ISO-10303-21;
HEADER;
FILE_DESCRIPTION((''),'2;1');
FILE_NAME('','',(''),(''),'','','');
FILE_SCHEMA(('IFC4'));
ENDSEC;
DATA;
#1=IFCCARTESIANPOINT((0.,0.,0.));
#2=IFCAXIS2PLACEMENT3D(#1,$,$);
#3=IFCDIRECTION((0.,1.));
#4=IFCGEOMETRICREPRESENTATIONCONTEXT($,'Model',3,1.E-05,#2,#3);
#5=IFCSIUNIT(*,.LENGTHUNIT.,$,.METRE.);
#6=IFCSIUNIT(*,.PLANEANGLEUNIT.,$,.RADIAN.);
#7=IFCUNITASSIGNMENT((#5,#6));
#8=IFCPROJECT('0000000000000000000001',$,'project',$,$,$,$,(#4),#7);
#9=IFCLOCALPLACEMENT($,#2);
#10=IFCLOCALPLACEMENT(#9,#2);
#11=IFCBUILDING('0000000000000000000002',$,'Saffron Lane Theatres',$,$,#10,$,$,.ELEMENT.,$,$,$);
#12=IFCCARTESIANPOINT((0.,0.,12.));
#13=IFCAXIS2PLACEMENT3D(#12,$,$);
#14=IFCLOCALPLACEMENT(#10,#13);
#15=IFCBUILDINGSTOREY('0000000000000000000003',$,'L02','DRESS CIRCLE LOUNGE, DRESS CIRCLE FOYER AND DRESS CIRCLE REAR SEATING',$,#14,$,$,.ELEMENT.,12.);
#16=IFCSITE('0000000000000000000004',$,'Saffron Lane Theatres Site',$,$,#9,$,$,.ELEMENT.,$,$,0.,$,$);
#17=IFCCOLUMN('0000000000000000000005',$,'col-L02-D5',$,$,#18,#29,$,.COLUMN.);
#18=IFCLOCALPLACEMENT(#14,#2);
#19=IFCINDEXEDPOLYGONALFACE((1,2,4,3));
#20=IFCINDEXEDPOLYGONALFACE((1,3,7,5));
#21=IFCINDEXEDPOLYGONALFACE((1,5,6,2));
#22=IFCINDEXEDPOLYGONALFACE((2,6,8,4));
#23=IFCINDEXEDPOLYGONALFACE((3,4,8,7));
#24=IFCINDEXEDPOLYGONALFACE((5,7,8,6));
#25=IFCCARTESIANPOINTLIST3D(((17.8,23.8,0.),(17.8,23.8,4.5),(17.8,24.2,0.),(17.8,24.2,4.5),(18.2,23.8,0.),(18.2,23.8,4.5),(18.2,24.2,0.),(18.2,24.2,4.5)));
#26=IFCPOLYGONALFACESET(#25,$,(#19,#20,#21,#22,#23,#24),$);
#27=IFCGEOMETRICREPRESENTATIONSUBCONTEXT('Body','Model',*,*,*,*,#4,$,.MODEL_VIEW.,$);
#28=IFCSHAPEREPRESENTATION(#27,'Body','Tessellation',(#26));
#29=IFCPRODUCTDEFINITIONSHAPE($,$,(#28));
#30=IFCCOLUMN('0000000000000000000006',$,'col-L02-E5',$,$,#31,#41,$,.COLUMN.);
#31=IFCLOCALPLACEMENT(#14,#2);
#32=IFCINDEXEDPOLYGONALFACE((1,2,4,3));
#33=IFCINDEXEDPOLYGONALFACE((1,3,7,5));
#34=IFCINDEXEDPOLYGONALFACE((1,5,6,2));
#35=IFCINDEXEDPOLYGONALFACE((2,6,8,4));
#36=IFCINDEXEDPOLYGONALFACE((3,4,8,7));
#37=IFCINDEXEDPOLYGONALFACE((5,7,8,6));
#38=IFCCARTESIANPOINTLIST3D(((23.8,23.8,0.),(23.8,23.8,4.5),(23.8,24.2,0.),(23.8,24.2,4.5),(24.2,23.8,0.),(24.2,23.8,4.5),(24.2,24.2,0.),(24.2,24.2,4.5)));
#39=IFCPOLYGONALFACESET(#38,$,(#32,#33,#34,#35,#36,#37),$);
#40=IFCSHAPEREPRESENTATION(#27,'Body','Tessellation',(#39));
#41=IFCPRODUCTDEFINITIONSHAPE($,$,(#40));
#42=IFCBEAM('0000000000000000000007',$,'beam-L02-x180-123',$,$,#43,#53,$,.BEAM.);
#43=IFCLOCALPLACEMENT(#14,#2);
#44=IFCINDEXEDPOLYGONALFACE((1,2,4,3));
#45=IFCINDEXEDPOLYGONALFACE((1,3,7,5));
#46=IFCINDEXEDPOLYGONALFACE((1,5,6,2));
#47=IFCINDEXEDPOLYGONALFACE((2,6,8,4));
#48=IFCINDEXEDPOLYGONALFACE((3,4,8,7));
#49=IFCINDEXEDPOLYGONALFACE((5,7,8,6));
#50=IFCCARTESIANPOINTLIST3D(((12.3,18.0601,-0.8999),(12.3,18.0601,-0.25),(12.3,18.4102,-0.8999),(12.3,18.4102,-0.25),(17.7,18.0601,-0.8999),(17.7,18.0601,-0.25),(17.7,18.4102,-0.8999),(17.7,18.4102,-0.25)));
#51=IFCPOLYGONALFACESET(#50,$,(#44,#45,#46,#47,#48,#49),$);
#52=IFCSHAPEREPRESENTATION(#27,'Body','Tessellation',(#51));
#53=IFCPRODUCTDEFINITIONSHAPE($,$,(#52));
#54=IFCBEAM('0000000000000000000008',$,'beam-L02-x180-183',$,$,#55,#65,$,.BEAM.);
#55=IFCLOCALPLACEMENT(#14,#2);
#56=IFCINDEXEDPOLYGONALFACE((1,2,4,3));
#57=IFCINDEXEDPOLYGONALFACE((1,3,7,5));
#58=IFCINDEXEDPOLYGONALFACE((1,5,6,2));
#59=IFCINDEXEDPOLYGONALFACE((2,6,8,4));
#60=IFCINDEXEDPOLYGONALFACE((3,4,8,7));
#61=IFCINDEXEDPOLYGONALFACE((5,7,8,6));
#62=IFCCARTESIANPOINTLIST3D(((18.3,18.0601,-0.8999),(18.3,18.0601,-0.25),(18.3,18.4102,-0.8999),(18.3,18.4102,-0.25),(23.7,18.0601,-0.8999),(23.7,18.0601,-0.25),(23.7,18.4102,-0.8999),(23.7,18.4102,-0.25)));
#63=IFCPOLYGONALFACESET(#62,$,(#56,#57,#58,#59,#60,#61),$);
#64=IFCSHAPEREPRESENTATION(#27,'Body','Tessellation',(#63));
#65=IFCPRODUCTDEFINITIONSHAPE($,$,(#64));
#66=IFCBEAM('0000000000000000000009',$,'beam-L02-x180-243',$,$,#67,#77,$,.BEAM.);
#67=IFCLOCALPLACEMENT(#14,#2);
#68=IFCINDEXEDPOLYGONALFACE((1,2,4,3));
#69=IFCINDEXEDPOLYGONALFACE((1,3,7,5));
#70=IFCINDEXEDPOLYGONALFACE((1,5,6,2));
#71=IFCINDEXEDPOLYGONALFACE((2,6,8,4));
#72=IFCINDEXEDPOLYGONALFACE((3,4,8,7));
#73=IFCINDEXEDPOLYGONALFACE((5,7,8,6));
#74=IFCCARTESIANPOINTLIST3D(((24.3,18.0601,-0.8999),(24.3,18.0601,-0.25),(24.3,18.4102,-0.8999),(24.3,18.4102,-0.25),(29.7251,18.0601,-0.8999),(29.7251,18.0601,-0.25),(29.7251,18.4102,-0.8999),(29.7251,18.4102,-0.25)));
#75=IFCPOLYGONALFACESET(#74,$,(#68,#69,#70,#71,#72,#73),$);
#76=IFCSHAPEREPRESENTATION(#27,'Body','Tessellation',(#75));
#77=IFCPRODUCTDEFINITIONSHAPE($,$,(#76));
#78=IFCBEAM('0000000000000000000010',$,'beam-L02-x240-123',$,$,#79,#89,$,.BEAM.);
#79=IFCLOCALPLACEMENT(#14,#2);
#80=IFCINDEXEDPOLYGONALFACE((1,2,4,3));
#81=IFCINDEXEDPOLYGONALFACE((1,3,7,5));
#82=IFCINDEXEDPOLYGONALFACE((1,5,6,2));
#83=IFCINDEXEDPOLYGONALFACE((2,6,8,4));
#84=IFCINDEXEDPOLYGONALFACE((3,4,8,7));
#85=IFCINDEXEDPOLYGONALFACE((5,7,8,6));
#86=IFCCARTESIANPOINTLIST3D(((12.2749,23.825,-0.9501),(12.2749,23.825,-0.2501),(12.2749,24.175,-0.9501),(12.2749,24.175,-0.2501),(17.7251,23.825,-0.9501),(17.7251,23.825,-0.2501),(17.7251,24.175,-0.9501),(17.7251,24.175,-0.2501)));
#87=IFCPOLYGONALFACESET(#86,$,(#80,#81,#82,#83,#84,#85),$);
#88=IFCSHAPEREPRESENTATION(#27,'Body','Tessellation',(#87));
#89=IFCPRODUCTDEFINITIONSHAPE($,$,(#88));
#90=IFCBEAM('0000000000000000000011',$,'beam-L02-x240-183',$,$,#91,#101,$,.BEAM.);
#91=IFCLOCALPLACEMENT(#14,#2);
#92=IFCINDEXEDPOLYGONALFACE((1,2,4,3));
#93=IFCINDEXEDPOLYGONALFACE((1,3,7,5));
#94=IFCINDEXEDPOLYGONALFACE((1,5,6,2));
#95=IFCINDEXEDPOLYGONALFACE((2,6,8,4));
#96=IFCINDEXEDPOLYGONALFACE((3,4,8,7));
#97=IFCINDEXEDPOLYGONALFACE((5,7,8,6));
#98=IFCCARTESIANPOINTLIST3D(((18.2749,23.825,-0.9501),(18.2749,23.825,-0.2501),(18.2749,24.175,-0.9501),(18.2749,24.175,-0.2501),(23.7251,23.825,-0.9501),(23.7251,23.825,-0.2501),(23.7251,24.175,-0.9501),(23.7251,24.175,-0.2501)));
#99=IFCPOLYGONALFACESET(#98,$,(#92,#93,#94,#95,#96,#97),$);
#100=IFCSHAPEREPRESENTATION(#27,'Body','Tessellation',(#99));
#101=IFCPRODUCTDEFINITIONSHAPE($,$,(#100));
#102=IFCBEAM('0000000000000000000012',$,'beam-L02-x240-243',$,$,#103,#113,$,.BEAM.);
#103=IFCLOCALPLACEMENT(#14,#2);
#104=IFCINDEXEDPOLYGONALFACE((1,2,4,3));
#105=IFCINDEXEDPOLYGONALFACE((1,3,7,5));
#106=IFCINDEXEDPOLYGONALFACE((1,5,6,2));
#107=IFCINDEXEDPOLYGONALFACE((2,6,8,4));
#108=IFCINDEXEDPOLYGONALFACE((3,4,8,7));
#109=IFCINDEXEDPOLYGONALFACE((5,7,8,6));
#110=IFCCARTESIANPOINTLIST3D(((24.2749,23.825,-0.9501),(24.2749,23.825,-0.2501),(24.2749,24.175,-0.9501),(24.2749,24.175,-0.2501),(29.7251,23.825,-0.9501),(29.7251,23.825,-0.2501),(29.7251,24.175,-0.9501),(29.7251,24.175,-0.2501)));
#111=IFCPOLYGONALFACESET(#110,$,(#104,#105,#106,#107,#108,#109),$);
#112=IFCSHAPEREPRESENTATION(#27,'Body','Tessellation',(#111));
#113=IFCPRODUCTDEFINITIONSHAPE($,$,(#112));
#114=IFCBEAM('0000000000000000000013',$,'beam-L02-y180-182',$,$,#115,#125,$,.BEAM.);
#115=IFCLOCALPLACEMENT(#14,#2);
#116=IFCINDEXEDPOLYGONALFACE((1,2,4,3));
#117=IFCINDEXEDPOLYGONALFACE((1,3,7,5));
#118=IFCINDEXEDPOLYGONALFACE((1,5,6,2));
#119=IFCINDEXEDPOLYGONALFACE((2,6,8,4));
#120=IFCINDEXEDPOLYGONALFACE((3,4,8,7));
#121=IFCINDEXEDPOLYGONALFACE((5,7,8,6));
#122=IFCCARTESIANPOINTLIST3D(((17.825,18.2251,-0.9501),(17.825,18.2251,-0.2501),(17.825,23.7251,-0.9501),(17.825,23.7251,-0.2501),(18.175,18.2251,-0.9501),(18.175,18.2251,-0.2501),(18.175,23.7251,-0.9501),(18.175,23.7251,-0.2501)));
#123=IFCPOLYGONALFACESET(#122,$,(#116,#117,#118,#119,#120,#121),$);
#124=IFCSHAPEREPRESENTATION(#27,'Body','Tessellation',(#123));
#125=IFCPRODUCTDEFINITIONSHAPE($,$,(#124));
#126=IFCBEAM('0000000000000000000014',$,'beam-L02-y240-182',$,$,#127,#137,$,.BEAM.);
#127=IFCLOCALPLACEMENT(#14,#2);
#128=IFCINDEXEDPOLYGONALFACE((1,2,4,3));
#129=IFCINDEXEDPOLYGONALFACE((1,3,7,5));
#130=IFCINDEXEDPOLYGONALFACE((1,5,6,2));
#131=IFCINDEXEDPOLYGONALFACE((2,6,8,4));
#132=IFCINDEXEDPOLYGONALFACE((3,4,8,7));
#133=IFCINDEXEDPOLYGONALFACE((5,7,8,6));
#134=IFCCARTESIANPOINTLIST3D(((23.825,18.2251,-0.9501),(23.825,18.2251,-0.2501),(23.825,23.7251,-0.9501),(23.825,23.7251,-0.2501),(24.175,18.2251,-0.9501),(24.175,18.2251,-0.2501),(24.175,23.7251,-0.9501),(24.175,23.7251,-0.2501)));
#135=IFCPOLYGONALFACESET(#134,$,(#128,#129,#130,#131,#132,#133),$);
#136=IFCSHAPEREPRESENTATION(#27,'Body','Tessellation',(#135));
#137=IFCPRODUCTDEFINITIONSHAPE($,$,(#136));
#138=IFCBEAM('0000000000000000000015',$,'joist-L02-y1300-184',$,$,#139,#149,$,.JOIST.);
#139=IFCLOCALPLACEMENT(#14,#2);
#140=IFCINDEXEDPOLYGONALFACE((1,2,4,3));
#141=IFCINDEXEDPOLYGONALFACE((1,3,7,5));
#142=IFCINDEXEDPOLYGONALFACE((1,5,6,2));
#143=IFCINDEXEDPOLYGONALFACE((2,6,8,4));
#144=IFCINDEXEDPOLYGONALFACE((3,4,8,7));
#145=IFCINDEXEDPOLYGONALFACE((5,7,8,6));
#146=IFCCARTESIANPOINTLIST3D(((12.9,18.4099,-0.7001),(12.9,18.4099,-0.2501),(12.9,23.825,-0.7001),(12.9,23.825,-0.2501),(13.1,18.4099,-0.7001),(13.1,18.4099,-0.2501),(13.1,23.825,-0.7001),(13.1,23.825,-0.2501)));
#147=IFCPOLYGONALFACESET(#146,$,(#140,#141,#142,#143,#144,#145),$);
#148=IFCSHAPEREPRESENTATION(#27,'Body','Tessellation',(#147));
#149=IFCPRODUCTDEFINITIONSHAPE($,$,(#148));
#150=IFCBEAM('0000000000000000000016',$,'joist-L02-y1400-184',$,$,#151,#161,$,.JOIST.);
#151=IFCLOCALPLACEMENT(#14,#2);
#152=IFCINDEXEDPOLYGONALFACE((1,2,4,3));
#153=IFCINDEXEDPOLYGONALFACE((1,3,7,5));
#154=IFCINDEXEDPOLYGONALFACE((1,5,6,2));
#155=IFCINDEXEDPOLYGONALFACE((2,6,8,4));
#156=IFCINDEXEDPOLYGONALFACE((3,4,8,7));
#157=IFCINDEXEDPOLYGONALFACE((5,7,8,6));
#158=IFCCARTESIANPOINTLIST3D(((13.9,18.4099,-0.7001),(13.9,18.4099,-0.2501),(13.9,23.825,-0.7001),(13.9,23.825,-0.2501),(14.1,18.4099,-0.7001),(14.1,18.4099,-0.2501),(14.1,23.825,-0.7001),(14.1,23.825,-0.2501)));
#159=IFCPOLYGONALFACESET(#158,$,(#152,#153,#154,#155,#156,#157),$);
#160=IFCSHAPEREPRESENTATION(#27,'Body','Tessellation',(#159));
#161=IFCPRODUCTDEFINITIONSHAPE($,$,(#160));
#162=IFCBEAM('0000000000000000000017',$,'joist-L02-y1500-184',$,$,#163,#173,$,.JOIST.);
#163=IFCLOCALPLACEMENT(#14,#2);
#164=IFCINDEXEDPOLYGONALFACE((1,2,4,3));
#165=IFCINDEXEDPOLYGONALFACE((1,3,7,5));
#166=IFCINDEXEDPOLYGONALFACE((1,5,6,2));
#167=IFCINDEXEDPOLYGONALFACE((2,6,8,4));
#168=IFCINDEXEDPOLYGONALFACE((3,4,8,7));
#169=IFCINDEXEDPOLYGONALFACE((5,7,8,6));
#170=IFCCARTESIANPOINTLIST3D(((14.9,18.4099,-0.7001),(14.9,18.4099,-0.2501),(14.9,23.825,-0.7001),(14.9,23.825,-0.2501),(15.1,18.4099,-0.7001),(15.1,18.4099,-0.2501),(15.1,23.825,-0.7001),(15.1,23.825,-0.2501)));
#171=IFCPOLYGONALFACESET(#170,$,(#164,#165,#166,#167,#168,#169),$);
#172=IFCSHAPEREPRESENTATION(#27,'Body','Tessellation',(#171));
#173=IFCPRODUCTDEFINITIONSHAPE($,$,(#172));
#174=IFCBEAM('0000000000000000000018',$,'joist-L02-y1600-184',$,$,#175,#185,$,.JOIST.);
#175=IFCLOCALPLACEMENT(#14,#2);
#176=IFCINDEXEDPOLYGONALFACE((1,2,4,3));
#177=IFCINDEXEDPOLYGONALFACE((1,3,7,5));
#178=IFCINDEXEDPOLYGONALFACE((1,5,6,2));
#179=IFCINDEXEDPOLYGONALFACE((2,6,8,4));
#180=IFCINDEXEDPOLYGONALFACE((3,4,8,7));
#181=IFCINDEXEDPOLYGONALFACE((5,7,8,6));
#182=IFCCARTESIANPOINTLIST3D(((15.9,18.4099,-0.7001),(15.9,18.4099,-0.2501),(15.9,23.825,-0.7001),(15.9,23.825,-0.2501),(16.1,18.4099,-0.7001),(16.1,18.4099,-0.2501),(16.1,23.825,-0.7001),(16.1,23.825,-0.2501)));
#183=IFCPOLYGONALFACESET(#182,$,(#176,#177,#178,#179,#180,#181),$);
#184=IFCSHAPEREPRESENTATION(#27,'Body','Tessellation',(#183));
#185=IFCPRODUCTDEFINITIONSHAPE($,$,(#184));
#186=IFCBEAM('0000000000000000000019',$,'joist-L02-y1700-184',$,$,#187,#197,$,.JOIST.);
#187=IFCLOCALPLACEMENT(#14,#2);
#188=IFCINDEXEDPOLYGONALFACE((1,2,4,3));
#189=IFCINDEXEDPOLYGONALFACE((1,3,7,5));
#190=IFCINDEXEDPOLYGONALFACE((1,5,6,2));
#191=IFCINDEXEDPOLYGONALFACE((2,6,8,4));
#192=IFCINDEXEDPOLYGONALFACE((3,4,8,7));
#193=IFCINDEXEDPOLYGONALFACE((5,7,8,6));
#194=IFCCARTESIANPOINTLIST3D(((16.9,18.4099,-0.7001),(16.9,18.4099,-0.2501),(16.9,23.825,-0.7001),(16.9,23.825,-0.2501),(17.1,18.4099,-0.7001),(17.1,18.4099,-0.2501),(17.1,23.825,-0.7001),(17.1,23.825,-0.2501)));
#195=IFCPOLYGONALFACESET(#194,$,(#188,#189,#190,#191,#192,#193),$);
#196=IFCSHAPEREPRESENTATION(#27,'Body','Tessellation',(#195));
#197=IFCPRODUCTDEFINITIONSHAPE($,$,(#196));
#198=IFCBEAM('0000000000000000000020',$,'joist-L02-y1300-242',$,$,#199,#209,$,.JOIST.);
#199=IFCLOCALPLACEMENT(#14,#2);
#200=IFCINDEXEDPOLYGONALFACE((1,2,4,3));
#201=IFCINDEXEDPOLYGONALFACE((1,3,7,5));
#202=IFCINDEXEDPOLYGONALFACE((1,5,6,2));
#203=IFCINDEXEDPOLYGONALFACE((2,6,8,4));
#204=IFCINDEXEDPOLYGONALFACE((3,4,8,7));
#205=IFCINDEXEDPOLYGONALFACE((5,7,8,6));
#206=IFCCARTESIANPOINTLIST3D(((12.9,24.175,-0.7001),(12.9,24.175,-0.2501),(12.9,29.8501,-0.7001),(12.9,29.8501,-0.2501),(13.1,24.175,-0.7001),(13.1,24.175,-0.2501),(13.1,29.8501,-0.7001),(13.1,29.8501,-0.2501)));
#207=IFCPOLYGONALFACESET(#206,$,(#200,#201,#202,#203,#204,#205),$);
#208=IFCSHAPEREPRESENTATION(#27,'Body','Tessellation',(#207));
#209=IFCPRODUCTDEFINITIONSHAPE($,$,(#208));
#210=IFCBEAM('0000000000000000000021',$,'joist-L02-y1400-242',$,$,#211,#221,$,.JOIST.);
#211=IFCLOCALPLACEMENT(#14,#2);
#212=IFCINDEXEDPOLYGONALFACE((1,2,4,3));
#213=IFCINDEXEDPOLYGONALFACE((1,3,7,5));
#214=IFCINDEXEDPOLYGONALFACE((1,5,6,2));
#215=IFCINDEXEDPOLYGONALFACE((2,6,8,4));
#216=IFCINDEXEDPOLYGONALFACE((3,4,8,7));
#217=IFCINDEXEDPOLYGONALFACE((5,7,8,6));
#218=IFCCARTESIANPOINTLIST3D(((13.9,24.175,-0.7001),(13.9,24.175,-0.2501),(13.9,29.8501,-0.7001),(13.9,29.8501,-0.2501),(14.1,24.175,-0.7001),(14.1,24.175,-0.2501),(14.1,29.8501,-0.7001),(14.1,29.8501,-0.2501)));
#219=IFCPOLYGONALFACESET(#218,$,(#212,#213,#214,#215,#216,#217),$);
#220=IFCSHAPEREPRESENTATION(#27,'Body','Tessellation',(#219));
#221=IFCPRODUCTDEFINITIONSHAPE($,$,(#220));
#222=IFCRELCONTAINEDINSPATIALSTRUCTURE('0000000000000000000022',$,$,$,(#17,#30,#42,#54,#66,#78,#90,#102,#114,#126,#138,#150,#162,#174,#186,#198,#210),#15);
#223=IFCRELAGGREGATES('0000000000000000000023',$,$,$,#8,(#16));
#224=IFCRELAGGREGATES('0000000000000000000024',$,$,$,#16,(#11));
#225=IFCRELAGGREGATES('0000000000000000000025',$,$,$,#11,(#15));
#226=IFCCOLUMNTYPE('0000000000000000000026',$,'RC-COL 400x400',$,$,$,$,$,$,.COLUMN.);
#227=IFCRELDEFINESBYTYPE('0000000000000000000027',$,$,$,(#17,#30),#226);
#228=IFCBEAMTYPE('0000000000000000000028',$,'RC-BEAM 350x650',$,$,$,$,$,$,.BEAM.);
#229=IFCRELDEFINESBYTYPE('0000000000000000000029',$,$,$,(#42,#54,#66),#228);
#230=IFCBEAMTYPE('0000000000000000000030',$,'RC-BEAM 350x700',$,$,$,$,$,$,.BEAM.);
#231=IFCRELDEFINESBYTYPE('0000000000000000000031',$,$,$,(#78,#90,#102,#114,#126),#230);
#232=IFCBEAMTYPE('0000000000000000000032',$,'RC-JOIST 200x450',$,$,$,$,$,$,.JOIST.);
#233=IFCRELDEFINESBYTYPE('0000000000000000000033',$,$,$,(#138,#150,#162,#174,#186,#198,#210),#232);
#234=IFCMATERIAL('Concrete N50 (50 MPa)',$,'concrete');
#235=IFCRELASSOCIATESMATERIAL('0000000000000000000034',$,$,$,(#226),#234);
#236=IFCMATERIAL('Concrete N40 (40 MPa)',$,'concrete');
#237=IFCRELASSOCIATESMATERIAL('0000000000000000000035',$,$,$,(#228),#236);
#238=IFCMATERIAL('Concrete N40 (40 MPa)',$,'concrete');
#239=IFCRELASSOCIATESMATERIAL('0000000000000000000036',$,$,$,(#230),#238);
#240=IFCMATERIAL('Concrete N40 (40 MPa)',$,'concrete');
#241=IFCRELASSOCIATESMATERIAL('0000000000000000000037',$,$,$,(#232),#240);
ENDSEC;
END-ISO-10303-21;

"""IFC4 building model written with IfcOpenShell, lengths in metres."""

from ifc_helpers import new_model, si_unit, direction, frame, origin, origin_2d, place, context, subcontext, project, spatial, rectangle, extrude, material, material_profile, profile_set, type_object, element, save


model = new_model("IFC4")

# Units and contexts
model_context = context("Model", 3, precision=1e-05, world=origin(), true_north=direction((0.0, 1.0)))
body_context = subcontext(model_context, "Body", "Model", "MODEL_VIEW")
ifc_project = project(units=[si_unit("LENGTHUNIT", "METRE"), si_unit("PLANEANGLEUNIT", "RADIAN")], contexts=[model_context])

# Site, building, storey
site_placement = place(None, origin())
site = spatial("IfcSite", under=ifc_project, at=site_placement, Name="Saffron Lane Theatres Site", CompositionType="ELEMENT", RefElevation=0.0)
building_placement = place(site_placement, origin())
building = spatial("IfcBuilding", under=site, at=building_placement, Name="Saffron Lane Theatres", CompositionType="ELEMENT")
storey_placement = place(building_placement, frame((0.0, 0.0, 12.0)))
storey = spatial("IfcBuildingStorey", under=building, at=storey_placement, Name="L02", Description="DRESS CIRCLE LOUNGE, DRESS CIRCLE FOYER AND DRESS CIRCLE REAR SEATING", CompositionType="ELEMENT", Elevation=12.0)

# Columns
ifc_material_1 = material(Name="Concrete N50 (50 MPa)", Category="concrete")
ifc_material_profile_1 = material_profile(ifc_material_1, rectangle(XDim=0.3999, YDim=0.3999, at=origin_2d()))
ifc_profile_set_1 = profile_set([ifc_material_profile_1], Name="Concrete N50 (50 MPa)")
column_type = type_object("IfcColumnType", Name="RC-COL 400x400", PredefinedType="COLUMN", material=ifc_profile_set_1)
for number, where, z_axis, x_axis, name in (
    (1, (18.0, 24.0, 0.0), (0.0, 0.0, 1.0), (1.0, 0.0, 0.0), "col-L02-D5"),
    (2, (24.0, 24.0, 0.0), (0.0, 0.0, 1.0), (1.0, 0.0, 0.0), "col-L02-E5"),
):
    element("IfcColumn", number, at=place(storey_placement, frame(where, z_axis=z_axis, x_axis=x_axis)), inside=storey, type_object=column_type, Name=name, PredefinedType="COLUMN", context=body_context, shape_type="SweptSolid", body=[
        extrude(rectangle(XDim=0.3999, YDim=0.3999, at=origin_2d()), origin(), (0.0, 0.0, 1.0), 4.5),
    ])

# Beams
ifc_material_2 = material(Name="Concrete N40 (40 MPa)", Category="concrete")
ifc_material_profile_2 = material_profile(ifc_material_2, rectangle(XDim=0.3501, YDim=0.6499, at=origin_2d()))
ifc_profile_set_2 = profile_set([ifc_material_profile_2], Name="Concrete N40 (40 MPa)")
beam_type_1 = type_object("IfcBeamType", Name="RC-BEAM 350x650", PredefinedType="BEAM", material=ifc_profile_set_2)
for number, where, z_axis, x_axis, name in (
    (3, (12.3, 18.2351, -0.575), (1.0, 0.0, 0.0), (0.0, 1.0, 0.0), "beam-L02-x180-123"),
    (4, (18.3, 18.2351, -0.575), (1.0, 0.0, 0.0), (0.0, 1.0, 0.0), "beam-L02-x180-183"),
):
    element("IfcBeam", number, at=place(storey_placement, frame(where, z_axis=z_axis, x_axis=x_axis)), inside=storey, type_object=beam_type_1, Name=name, PredefinedType="BEAM", context=body_context, shape_type="SweptSolid", body=[
        extrude(rectangle(XDim=0.3501, YDim=0.6499, at=origin_2d()), origin(), (0.0, 0.0, 1.0), 5.3999),
    ])
beam_placement = place(storey_placement, frame((24.3, 18.2351, -0.575), z_axis=(1.0, 0.0, 0.0), x_axis=(0.0, 1.0, 0.0)))
element("IfcBeam", 5, at=beam_placement, inside=storey, type_object=beam_type_1, Name="beam-L02-x180-243", PredefinedType="BEAM", context=body_context, shape_type="SweptSolid", body=[
    extrude(rectangle(XDim=0.3501, YDim=0.6499, at=origin_2d()), origin(), (0.0, 0.0, 1.0), 5.425),
])
ifc_material_3 = material(Name="Concrete N40 (40 MPa)", Category="concrete")
ifc_material_profile_3 = material_profile(ifc_material_3, rectangle(XDim=0.3501, YDim=0.7, at=origin_2d()))
ifc_profile_set_3 = profile_set([ifc_material_profile_3], Name="Concrete N40 (40 MPa)")
beam_type_2 = type_object("IfcBeamType", Name="RC-BEAM 350x700", PredefinedType="BEAM", material=ifc_profile_set_3)
for number, where, z_axis, x_axis, name in (
    (6, (12.2749, 24.0, -0.6001), (1.0, 0.0, 0.0), (0.0, 1.0, 0.0), "beam-L02-x240-123"),
    (7, (18.2749, 24.0, -0.6001), (1.0, 0.0, 0.0), (0.0, 1.0, 0.0), "beam-L02-x240-183"),
    (8, (24.2749, 24.0, -0.6001), (1.0, 0.0, 0.0), (0.0, 1.0, 0.0), "beam-L02-x240-243"),
):
    element("IfcBeam", number, at=place(storey_placement, frame(where, z_axis=z_axis, x_axis=x_axis)), inside=storey, type_object=beam_type_2, Name=name, PredefinedType="BEAM", context=body_context, shape_type="SweptSolid", body=[
        extrude(rectangle(XDim=0.3501, YDim=0.7, at=origin_2d()), origin(), (0.0, 0.0, 1.0), 5.4502),
    ])
for number, where, z_axis, x_axis, name in (
    (9, (18.0, 18.2251, -0.6001), (0.0, 1.0, 0.0), (-1.0, 0.0, 0.0), "beam-L02-y180-182"),
    (10, (24.0, 18.2251, -0.6001), (0.0, 1.0, 0.0), (-1.0, 0.0, 0.0), "beam-L02-y240-182"),
):
    element("IfcBeam", number, at=place(storey_placement, frame(where, z_axis=z_axis, x_axis=x_axis)), inside=storey, type_object=beam_type_2, Name=name, PredefinedType="BEAM", context=body_context, shape_type="SweptSolid", body=[
        extrude(rectangle(XDim=0.3501, YDim=0.7, at=origin_2d()), origin(), (0.0, 0.0, 1.0), 5.5),
    ])
ifc_material_4 = material(Name="Concrete N40 (40 MPa)", Category="concrete")
ifc_material_profile_4 = material_profile(ifc_material_4, rectangle(XDim=0.2, YDim=0.45, at=origin_2d()))
ifc_profile_set_4 = profile_set([ifc_material_profile_4], Name="Concrete N40 (40 MPa)")
beam_type_3 = type_object("IfcBeamType", Name="RC-JOIST 200x450", PredefinedType="JOIST", material=ifc_profile_set_4)
for number, where, z_axis, x_axis, name in (
    (11, (13.0, 18.4099, -0.4751), (0.0, 1.0, 0.0), (-1.0, 0.0, 0.0), "joist-L02-y1300-184"),
    (12, (14.0, 18.4099, -0.4751), (0.0, 1.0, 0.0), (-1.0, 0.0, 0.0), "joist-L02-y1400-184"),
    (13, (15.0, 18.4099, -0.4751), (0.0, 1.0, 0.0), (-1.0, 0.0, 0.0), "joist-L02-y1500-184"),
    (14, (16.0, 18.4099, -0.4751), (0.0, 1.0, 0.0), (-1.0, 0.0, 0.0), "joist-L02-y1600-184"),
    (15, (17.0, 18.4099, -0.4751), (0.0, 1.0, 0.0), (-1.0, 0.0, 0.0), "joist-L02-y1700-184"),
):
    element("IfcBeam", number, at=place(storey_placement, frame(where, z_axis=z_axis, x_axis=x_axis)), inside=storey, type_object=beam_type_3, Name=name, PredefinedType="JOIST", context=body_context, shape_type="SweptSolid", body=[
        extrude(rectangle(XDim=0.2, YDim=0.45, at=origin_2d()), origin(), (0.0, 0.0, 1.0), 5.415),
    ])
for number, where, z_axis, x_axis, name in (
    (16, (13.0, 24.175, -0.4751), (0.0, 1.0, 0.0), (-1.0, 0.0, 0.0), "joist-L02-y1300-242"),
    (17, (14.0, 24.175, -0.4751), (0.0, 1.0, 0.0), (-1.0, 0.0, 0.0), "joist-L02-y1400-242"),
):
    element("IfcBeam", number, at=place(storey_placement, frame(where, z_axis=z_axis, x_axis=x_axis)), inside=storey, type_object=beam_type_3, Name=name, PredefinedType="JOIST", context=body_context, shape_type="SweptSolid", body=[
        extrude(rectangle(XDim=0.2, YDim=0.45, at=origin_2d()), origin(), (0.0, 0.0, 1.0), 5.675),
    ])

save(model, "model.ifc")
